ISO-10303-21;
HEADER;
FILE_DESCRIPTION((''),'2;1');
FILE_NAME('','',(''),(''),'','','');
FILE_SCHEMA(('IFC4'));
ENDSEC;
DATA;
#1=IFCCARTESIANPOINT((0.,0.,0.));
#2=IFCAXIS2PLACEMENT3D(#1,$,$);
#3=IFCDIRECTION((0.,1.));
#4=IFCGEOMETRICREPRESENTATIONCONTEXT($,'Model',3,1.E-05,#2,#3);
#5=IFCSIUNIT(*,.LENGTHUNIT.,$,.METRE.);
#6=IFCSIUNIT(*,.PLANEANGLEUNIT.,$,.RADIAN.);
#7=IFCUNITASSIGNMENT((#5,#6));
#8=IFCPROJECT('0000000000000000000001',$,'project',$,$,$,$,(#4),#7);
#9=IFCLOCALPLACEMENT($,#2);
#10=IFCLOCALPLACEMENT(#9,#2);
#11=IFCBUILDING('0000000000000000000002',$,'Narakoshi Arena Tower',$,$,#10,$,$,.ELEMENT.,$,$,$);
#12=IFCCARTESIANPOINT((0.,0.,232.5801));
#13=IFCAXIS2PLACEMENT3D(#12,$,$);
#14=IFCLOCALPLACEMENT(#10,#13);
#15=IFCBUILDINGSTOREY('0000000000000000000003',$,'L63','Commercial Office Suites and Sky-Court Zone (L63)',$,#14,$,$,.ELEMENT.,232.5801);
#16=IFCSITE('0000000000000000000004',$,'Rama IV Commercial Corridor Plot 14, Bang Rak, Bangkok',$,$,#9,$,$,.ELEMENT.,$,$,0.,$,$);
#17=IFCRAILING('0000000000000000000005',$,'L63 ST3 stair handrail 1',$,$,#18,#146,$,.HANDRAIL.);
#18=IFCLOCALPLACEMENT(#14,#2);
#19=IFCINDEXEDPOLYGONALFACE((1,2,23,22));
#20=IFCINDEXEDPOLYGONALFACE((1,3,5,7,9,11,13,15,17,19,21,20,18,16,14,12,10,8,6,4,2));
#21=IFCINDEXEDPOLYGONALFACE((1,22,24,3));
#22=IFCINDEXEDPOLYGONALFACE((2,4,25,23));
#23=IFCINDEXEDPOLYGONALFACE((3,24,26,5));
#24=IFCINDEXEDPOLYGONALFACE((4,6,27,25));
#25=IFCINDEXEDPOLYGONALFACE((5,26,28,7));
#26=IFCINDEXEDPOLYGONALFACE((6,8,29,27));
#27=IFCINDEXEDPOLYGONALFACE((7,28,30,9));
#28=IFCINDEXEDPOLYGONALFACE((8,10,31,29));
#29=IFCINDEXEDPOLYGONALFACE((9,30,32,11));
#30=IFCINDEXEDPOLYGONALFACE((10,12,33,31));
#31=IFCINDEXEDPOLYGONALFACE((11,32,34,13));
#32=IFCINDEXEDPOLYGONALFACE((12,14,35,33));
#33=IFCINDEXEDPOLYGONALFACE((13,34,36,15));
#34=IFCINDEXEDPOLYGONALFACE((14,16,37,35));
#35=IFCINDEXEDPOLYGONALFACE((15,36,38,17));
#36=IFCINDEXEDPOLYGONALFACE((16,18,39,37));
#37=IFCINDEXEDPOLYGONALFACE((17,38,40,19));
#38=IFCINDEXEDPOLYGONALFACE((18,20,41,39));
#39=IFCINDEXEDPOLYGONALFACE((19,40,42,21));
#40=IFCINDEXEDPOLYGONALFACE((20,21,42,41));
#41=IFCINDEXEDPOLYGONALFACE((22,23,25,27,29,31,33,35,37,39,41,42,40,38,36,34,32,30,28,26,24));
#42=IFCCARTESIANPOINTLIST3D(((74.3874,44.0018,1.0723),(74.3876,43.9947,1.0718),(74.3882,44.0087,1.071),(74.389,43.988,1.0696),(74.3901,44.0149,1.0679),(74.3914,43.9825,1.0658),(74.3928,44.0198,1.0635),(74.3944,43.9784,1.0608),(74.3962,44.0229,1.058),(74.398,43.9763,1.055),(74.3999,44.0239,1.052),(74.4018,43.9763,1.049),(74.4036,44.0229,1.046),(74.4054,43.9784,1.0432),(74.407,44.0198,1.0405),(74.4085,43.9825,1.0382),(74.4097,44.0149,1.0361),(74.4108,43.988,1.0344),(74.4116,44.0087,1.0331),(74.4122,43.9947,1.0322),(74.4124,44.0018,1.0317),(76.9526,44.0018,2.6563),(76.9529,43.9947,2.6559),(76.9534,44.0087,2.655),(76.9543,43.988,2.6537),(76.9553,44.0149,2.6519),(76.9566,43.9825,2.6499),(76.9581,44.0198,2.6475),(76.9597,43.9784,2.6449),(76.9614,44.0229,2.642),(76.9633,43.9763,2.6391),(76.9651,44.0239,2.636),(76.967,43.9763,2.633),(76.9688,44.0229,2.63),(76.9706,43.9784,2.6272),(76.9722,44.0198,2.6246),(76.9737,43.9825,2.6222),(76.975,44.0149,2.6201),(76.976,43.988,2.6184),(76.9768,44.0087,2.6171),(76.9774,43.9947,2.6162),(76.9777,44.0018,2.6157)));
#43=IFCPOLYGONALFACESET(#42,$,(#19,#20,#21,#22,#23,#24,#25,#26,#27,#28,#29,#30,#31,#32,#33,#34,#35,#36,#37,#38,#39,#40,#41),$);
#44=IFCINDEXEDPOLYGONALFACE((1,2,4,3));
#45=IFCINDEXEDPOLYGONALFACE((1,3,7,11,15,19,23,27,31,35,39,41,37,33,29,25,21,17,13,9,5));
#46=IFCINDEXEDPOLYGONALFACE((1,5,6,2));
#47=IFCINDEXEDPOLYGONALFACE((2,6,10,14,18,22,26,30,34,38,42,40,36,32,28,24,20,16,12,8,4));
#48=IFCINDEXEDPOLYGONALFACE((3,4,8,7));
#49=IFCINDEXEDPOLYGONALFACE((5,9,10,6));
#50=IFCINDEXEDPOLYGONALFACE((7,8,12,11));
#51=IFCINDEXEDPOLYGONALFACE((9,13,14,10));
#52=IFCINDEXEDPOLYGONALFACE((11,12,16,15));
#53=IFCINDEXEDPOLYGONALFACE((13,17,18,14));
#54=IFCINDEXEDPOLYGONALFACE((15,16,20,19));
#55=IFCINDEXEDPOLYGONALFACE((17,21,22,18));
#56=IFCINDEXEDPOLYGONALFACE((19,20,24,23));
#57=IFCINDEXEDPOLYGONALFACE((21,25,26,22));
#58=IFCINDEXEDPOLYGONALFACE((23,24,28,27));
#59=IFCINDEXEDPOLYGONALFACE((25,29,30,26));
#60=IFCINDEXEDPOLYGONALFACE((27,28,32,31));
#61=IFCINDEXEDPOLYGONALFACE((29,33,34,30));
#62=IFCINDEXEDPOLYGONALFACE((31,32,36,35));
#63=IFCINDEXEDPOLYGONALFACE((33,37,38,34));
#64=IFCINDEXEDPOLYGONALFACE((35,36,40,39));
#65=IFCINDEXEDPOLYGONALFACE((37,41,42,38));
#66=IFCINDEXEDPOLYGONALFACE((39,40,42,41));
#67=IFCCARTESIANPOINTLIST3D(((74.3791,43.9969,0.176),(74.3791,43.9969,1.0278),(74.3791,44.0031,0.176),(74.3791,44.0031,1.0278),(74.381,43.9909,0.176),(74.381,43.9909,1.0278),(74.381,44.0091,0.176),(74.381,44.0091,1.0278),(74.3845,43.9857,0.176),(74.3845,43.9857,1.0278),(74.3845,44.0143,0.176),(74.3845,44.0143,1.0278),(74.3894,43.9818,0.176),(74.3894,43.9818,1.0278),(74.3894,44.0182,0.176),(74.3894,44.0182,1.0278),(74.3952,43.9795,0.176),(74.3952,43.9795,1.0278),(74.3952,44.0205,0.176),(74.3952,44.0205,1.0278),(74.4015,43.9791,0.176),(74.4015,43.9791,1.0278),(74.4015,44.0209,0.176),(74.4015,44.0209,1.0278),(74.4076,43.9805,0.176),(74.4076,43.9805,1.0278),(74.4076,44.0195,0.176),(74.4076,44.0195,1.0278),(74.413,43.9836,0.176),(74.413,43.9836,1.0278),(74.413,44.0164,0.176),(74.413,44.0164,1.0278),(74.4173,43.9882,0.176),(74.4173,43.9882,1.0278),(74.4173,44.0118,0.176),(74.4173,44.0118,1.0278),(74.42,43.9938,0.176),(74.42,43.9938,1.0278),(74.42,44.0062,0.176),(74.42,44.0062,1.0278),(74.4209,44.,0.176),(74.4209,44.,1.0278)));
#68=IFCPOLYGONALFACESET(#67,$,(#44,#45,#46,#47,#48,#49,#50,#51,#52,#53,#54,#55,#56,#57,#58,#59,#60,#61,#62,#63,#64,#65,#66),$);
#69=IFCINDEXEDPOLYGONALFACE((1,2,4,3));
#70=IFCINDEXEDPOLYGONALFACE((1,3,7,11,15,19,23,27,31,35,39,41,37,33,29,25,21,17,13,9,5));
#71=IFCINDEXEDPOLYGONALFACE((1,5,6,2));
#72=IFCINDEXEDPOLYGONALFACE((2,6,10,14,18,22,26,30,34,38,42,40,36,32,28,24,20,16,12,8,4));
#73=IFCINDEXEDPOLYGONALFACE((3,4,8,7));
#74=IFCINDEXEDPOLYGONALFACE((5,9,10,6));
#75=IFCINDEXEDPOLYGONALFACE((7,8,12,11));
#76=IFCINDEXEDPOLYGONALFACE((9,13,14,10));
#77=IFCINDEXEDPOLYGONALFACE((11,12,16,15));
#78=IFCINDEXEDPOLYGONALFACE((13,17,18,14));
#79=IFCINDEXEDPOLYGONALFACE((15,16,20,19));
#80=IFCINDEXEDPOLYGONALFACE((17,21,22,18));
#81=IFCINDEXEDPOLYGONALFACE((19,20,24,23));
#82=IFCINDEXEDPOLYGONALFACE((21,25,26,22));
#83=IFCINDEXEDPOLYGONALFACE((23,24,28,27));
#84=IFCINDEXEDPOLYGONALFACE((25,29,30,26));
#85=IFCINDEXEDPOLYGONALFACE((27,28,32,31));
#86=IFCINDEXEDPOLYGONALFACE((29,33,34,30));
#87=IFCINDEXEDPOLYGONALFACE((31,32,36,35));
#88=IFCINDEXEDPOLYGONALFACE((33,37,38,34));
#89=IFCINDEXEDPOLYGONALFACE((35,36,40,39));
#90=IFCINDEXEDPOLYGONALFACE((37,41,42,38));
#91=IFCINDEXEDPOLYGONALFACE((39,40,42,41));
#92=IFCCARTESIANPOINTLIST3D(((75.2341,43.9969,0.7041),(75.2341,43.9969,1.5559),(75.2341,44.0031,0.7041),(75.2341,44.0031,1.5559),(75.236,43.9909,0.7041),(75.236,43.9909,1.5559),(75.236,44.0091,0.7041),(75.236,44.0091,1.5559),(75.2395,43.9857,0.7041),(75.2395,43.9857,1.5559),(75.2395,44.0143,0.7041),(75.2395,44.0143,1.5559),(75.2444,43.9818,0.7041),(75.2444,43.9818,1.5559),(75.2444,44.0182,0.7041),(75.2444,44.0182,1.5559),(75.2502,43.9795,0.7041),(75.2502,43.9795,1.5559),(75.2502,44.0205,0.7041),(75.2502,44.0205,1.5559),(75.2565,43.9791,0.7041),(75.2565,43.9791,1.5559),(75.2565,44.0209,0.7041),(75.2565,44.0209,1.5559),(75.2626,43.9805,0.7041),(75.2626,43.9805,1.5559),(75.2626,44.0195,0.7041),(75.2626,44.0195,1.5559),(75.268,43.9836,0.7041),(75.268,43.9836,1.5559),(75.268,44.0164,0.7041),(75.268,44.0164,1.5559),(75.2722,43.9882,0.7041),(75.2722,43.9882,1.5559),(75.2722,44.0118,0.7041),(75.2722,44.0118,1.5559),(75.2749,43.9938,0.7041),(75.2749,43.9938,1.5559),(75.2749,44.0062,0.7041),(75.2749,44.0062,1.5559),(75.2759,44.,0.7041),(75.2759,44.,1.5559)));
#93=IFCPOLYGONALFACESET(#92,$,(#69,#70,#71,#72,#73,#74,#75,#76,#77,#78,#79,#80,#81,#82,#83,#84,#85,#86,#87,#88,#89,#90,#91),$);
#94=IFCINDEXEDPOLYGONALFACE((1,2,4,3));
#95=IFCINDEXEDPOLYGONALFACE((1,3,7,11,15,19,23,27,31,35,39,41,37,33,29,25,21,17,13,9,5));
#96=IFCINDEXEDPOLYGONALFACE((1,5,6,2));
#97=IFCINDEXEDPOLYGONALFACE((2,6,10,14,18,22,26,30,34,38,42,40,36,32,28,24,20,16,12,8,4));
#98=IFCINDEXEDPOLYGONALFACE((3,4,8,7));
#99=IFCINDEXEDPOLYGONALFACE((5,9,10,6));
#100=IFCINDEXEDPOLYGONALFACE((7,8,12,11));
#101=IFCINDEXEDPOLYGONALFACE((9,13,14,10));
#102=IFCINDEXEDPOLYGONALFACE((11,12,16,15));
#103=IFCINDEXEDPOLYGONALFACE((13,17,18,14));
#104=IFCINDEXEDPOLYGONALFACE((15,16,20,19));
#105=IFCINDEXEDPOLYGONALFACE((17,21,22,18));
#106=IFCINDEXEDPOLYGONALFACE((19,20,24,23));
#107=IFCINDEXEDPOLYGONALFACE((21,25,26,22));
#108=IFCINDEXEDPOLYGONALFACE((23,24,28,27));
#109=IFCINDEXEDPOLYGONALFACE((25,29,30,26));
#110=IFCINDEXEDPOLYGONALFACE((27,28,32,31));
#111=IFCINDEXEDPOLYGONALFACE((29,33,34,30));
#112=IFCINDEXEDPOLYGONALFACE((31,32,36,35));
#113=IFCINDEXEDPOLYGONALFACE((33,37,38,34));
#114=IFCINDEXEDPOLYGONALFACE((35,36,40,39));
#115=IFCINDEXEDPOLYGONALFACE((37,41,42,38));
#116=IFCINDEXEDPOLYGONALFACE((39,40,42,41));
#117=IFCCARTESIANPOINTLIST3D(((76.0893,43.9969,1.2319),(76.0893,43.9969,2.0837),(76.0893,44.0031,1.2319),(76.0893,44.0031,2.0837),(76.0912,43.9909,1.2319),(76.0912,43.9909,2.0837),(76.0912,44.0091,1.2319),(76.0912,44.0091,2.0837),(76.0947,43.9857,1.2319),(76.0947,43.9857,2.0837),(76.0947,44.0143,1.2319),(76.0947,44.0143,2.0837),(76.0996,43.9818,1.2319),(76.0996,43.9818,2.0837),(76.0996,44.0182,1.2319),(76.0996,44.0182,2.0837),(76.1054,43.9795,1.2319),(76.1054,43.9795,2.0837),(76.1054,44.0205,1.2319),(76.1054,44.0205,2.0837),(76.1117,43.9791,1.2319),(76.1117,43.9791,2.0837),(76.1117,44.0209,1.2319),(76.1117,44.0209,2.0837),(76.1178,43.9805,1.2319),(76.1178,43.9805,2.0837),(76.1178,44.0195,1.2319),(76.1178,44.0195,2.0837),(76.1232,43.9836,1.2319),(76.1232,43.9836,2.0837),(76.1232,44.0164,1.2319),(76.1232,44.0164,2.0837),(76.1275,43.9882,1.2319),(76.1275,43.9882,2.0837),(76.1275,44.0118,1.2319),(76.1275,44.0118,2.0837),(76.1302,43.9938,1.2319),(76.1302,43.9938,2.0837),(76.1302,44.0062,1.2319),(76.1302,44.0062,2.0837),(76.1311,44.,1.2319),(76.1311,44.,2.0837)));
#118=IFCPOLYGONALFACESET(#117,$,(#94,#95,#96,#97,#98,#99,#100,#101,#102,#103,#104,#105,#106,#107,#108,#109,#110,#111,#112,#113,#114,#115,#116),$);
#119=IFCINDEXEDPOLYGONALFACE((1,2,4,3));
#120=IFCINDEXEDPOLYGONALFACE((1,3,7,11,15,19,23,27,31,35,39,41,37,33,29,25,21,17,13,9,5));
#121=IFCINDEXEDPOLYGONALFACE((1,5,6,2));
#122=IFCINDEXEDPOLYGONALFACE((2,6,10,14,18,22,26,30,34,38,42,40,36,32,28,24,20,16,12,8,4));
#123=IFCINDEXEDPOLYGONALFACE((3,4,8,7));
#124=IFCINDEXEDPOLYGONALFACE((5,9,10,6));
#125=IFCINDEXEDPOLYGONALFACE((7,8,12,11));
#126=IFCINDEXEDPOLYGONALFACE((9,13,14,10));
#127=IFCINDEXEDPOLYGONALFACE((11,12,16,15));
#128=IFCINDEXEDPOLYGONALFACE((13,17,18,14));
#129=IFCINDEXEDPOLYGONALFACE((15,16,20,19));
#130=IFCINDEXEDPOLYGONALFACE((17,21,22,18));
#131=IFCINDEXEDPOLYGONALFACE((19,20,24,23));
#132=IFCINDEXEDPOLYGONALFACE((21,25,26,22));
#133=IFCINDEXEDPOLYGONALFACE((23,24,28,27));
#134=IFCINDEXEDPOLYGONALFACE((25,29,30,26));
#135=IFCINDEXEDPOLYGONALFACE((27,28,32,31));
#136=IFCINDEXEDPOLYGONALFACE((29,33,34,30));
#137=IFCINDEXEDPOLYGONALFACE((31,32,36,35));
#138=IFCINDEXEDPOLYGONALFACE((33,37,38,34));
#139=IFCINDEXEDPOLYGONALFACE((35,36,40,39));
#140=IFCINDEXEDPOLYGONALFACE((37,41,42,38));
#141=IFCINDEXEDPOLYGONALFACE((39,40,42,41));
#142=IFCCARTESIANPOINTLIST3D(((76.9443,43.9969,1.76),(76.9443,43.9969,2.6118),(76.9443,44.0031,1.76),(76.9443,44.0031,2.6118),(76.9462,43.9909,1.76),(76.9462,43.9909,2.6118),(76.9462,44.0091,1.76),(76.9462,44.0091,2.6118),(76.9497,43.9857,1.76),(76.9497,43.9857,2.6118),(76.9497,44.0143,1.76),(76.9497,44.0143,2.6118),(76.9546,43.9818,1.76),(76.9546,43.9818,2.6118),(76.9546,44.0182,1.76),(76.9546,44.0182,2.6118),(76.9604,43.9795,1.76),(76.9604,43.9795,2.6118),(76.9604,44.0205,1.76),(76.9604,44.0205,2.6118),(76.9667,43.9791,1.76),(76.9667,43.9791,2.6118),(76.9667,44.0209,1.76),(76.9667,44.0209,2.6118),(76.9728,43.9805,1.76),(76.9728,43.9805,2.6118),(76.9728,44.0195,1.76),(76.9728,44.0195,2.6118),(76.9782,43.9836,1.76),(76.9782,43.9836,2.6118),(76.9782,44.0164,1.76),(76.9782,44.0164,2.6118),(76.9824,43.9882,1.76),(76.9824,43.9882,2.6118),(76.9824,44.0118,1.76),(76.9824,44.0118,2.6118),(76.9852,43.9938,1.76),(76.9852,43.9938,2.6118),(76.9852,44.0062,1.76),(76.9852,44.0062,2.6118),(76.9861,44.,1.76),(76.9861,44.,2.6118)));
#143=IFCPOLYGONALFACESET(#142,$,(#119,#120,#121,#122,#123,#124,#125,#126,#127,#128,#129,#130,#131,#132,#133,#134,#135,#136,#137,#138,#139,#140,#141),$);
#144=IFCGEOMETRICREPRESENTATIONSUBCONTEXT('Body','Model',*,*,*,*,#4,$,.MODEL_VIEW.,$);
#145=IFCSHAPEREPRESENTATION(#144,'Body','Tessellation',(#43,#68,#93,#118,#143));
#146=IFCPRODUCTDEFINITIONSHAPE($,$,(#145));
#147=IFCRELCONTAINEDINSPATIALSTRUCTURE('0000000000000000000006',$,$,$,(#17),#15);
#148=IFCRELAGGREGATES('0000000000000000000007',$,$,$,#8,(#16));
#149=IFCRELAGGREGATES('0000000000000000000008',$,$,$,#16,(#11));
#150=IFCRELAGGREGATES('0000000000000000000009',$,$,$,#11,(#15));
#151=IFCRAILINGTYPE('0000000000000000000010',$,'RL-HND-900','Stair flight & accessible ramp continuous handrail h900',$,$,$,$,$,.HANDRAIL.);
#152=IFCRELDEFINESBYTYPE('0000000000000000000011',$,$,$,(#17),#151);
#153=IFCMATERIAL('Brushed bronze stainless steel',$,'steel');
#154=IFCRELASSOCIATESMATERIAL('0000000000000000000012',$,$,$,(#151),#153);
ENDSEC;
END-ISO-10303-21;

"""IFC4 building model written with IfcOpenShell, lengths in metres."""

from ifc_helpers import new_model, si_unit, direction, frame, origin, origin_2d, place, context, subcontext, project, spatial, circle, extrude, material, type_object, element, save


model = new_model("IFC4")

# Units and contexts
model_context = context("Model", 3, precision=1e-05, world=origin(), true_north=direction((0.0, 1.0)))
body_context = subcontext(model_context, "Body", "Model", "MODEL_VIEW")
ifc_project = project(units=[si_unit("LENGTHUNIT", "METRE"), si_unit("PLANEANGLEUNIT", "RADIAN")], contexts=[model_context])

# Site, building, storey
site_placement = place(None, origin())
site = spatial("IfcSite", under=ifc_project, at=site_placement, Name="Rama IV Commercial Corridor Plot 14, Bang Rak, Bangkok", CompositionType="ELEMENT", RefElevation=0.0)
building_placement = place(site_placement, origin())
building = spatial("IfcBuilding", under=site, at=building_placement, Name="Narakoshi Arena Tower", CompositionType="ELEMENT")
storey_placement = place(building_placement, frame((0.0, 0.0, 232.5801)))
storey = spatial("IfcBuildingStorey", under=building, at=storey_placement, Name="L63", Description="Commercial Office Suites and Sky-Court Zone (L63)", CompositionType="ELEMENT", Elevation=232.5801)

# Railing
ifc_material_1 = material(Name="Brushed bronze stainless steel", Category="steel")
railing_type_1 = type_object("IfcRailingType", Name="RL-HND-900", Description="Stair flight & accessible ramp continuous handrail h900", PredefinedType="HANDRAIL", material=ifc_material_1)
railing_1_placement = place(storey_placement, frame((74.3999, 44.0, 0.176)))
element("IfcRailing", 1, at=railing_1_placement, inside=storey, type_object=railing_type_1, Name="L63 ST3 stair handrail 1", PredefinedType="HANDRAIL", context=body_context, shape_type="SweptSolid", body=[
    extrude(circle(Radius=0.0239, at=origin_2d()), frame((0.0, 0.0, 0.876), z_axis=(0.850857, 0.0, 0.525398), x_axis=(0.0, 1.0, 0.0)), (0.0, 0.0, 1.0), 3.0149),
    extrude(circle(Radius=0.021, at=origin_2d()), origin(), (0.0, 0.0, 1.0), 0.8518),
    extrude(circle(Radius=0.021, at=origin_2d()), frame((0.855, 0.0, 0.5281)), (0.0, 0.0, 1.0), 0.8518),
    extrude(circle(Radius=0.021, at=origin_2d()), frame((1.7102, 0.0, 1.0559)), (0.0, 0.0, 1.0), 0.8518),
    extrude(circle(Radius=0.021, at=origin_2d()), frame((2.5652, 0.0, 1.584)), (0.0, 0.0, 1.0), 0.8518),
])

save(model, "model.ifc")
